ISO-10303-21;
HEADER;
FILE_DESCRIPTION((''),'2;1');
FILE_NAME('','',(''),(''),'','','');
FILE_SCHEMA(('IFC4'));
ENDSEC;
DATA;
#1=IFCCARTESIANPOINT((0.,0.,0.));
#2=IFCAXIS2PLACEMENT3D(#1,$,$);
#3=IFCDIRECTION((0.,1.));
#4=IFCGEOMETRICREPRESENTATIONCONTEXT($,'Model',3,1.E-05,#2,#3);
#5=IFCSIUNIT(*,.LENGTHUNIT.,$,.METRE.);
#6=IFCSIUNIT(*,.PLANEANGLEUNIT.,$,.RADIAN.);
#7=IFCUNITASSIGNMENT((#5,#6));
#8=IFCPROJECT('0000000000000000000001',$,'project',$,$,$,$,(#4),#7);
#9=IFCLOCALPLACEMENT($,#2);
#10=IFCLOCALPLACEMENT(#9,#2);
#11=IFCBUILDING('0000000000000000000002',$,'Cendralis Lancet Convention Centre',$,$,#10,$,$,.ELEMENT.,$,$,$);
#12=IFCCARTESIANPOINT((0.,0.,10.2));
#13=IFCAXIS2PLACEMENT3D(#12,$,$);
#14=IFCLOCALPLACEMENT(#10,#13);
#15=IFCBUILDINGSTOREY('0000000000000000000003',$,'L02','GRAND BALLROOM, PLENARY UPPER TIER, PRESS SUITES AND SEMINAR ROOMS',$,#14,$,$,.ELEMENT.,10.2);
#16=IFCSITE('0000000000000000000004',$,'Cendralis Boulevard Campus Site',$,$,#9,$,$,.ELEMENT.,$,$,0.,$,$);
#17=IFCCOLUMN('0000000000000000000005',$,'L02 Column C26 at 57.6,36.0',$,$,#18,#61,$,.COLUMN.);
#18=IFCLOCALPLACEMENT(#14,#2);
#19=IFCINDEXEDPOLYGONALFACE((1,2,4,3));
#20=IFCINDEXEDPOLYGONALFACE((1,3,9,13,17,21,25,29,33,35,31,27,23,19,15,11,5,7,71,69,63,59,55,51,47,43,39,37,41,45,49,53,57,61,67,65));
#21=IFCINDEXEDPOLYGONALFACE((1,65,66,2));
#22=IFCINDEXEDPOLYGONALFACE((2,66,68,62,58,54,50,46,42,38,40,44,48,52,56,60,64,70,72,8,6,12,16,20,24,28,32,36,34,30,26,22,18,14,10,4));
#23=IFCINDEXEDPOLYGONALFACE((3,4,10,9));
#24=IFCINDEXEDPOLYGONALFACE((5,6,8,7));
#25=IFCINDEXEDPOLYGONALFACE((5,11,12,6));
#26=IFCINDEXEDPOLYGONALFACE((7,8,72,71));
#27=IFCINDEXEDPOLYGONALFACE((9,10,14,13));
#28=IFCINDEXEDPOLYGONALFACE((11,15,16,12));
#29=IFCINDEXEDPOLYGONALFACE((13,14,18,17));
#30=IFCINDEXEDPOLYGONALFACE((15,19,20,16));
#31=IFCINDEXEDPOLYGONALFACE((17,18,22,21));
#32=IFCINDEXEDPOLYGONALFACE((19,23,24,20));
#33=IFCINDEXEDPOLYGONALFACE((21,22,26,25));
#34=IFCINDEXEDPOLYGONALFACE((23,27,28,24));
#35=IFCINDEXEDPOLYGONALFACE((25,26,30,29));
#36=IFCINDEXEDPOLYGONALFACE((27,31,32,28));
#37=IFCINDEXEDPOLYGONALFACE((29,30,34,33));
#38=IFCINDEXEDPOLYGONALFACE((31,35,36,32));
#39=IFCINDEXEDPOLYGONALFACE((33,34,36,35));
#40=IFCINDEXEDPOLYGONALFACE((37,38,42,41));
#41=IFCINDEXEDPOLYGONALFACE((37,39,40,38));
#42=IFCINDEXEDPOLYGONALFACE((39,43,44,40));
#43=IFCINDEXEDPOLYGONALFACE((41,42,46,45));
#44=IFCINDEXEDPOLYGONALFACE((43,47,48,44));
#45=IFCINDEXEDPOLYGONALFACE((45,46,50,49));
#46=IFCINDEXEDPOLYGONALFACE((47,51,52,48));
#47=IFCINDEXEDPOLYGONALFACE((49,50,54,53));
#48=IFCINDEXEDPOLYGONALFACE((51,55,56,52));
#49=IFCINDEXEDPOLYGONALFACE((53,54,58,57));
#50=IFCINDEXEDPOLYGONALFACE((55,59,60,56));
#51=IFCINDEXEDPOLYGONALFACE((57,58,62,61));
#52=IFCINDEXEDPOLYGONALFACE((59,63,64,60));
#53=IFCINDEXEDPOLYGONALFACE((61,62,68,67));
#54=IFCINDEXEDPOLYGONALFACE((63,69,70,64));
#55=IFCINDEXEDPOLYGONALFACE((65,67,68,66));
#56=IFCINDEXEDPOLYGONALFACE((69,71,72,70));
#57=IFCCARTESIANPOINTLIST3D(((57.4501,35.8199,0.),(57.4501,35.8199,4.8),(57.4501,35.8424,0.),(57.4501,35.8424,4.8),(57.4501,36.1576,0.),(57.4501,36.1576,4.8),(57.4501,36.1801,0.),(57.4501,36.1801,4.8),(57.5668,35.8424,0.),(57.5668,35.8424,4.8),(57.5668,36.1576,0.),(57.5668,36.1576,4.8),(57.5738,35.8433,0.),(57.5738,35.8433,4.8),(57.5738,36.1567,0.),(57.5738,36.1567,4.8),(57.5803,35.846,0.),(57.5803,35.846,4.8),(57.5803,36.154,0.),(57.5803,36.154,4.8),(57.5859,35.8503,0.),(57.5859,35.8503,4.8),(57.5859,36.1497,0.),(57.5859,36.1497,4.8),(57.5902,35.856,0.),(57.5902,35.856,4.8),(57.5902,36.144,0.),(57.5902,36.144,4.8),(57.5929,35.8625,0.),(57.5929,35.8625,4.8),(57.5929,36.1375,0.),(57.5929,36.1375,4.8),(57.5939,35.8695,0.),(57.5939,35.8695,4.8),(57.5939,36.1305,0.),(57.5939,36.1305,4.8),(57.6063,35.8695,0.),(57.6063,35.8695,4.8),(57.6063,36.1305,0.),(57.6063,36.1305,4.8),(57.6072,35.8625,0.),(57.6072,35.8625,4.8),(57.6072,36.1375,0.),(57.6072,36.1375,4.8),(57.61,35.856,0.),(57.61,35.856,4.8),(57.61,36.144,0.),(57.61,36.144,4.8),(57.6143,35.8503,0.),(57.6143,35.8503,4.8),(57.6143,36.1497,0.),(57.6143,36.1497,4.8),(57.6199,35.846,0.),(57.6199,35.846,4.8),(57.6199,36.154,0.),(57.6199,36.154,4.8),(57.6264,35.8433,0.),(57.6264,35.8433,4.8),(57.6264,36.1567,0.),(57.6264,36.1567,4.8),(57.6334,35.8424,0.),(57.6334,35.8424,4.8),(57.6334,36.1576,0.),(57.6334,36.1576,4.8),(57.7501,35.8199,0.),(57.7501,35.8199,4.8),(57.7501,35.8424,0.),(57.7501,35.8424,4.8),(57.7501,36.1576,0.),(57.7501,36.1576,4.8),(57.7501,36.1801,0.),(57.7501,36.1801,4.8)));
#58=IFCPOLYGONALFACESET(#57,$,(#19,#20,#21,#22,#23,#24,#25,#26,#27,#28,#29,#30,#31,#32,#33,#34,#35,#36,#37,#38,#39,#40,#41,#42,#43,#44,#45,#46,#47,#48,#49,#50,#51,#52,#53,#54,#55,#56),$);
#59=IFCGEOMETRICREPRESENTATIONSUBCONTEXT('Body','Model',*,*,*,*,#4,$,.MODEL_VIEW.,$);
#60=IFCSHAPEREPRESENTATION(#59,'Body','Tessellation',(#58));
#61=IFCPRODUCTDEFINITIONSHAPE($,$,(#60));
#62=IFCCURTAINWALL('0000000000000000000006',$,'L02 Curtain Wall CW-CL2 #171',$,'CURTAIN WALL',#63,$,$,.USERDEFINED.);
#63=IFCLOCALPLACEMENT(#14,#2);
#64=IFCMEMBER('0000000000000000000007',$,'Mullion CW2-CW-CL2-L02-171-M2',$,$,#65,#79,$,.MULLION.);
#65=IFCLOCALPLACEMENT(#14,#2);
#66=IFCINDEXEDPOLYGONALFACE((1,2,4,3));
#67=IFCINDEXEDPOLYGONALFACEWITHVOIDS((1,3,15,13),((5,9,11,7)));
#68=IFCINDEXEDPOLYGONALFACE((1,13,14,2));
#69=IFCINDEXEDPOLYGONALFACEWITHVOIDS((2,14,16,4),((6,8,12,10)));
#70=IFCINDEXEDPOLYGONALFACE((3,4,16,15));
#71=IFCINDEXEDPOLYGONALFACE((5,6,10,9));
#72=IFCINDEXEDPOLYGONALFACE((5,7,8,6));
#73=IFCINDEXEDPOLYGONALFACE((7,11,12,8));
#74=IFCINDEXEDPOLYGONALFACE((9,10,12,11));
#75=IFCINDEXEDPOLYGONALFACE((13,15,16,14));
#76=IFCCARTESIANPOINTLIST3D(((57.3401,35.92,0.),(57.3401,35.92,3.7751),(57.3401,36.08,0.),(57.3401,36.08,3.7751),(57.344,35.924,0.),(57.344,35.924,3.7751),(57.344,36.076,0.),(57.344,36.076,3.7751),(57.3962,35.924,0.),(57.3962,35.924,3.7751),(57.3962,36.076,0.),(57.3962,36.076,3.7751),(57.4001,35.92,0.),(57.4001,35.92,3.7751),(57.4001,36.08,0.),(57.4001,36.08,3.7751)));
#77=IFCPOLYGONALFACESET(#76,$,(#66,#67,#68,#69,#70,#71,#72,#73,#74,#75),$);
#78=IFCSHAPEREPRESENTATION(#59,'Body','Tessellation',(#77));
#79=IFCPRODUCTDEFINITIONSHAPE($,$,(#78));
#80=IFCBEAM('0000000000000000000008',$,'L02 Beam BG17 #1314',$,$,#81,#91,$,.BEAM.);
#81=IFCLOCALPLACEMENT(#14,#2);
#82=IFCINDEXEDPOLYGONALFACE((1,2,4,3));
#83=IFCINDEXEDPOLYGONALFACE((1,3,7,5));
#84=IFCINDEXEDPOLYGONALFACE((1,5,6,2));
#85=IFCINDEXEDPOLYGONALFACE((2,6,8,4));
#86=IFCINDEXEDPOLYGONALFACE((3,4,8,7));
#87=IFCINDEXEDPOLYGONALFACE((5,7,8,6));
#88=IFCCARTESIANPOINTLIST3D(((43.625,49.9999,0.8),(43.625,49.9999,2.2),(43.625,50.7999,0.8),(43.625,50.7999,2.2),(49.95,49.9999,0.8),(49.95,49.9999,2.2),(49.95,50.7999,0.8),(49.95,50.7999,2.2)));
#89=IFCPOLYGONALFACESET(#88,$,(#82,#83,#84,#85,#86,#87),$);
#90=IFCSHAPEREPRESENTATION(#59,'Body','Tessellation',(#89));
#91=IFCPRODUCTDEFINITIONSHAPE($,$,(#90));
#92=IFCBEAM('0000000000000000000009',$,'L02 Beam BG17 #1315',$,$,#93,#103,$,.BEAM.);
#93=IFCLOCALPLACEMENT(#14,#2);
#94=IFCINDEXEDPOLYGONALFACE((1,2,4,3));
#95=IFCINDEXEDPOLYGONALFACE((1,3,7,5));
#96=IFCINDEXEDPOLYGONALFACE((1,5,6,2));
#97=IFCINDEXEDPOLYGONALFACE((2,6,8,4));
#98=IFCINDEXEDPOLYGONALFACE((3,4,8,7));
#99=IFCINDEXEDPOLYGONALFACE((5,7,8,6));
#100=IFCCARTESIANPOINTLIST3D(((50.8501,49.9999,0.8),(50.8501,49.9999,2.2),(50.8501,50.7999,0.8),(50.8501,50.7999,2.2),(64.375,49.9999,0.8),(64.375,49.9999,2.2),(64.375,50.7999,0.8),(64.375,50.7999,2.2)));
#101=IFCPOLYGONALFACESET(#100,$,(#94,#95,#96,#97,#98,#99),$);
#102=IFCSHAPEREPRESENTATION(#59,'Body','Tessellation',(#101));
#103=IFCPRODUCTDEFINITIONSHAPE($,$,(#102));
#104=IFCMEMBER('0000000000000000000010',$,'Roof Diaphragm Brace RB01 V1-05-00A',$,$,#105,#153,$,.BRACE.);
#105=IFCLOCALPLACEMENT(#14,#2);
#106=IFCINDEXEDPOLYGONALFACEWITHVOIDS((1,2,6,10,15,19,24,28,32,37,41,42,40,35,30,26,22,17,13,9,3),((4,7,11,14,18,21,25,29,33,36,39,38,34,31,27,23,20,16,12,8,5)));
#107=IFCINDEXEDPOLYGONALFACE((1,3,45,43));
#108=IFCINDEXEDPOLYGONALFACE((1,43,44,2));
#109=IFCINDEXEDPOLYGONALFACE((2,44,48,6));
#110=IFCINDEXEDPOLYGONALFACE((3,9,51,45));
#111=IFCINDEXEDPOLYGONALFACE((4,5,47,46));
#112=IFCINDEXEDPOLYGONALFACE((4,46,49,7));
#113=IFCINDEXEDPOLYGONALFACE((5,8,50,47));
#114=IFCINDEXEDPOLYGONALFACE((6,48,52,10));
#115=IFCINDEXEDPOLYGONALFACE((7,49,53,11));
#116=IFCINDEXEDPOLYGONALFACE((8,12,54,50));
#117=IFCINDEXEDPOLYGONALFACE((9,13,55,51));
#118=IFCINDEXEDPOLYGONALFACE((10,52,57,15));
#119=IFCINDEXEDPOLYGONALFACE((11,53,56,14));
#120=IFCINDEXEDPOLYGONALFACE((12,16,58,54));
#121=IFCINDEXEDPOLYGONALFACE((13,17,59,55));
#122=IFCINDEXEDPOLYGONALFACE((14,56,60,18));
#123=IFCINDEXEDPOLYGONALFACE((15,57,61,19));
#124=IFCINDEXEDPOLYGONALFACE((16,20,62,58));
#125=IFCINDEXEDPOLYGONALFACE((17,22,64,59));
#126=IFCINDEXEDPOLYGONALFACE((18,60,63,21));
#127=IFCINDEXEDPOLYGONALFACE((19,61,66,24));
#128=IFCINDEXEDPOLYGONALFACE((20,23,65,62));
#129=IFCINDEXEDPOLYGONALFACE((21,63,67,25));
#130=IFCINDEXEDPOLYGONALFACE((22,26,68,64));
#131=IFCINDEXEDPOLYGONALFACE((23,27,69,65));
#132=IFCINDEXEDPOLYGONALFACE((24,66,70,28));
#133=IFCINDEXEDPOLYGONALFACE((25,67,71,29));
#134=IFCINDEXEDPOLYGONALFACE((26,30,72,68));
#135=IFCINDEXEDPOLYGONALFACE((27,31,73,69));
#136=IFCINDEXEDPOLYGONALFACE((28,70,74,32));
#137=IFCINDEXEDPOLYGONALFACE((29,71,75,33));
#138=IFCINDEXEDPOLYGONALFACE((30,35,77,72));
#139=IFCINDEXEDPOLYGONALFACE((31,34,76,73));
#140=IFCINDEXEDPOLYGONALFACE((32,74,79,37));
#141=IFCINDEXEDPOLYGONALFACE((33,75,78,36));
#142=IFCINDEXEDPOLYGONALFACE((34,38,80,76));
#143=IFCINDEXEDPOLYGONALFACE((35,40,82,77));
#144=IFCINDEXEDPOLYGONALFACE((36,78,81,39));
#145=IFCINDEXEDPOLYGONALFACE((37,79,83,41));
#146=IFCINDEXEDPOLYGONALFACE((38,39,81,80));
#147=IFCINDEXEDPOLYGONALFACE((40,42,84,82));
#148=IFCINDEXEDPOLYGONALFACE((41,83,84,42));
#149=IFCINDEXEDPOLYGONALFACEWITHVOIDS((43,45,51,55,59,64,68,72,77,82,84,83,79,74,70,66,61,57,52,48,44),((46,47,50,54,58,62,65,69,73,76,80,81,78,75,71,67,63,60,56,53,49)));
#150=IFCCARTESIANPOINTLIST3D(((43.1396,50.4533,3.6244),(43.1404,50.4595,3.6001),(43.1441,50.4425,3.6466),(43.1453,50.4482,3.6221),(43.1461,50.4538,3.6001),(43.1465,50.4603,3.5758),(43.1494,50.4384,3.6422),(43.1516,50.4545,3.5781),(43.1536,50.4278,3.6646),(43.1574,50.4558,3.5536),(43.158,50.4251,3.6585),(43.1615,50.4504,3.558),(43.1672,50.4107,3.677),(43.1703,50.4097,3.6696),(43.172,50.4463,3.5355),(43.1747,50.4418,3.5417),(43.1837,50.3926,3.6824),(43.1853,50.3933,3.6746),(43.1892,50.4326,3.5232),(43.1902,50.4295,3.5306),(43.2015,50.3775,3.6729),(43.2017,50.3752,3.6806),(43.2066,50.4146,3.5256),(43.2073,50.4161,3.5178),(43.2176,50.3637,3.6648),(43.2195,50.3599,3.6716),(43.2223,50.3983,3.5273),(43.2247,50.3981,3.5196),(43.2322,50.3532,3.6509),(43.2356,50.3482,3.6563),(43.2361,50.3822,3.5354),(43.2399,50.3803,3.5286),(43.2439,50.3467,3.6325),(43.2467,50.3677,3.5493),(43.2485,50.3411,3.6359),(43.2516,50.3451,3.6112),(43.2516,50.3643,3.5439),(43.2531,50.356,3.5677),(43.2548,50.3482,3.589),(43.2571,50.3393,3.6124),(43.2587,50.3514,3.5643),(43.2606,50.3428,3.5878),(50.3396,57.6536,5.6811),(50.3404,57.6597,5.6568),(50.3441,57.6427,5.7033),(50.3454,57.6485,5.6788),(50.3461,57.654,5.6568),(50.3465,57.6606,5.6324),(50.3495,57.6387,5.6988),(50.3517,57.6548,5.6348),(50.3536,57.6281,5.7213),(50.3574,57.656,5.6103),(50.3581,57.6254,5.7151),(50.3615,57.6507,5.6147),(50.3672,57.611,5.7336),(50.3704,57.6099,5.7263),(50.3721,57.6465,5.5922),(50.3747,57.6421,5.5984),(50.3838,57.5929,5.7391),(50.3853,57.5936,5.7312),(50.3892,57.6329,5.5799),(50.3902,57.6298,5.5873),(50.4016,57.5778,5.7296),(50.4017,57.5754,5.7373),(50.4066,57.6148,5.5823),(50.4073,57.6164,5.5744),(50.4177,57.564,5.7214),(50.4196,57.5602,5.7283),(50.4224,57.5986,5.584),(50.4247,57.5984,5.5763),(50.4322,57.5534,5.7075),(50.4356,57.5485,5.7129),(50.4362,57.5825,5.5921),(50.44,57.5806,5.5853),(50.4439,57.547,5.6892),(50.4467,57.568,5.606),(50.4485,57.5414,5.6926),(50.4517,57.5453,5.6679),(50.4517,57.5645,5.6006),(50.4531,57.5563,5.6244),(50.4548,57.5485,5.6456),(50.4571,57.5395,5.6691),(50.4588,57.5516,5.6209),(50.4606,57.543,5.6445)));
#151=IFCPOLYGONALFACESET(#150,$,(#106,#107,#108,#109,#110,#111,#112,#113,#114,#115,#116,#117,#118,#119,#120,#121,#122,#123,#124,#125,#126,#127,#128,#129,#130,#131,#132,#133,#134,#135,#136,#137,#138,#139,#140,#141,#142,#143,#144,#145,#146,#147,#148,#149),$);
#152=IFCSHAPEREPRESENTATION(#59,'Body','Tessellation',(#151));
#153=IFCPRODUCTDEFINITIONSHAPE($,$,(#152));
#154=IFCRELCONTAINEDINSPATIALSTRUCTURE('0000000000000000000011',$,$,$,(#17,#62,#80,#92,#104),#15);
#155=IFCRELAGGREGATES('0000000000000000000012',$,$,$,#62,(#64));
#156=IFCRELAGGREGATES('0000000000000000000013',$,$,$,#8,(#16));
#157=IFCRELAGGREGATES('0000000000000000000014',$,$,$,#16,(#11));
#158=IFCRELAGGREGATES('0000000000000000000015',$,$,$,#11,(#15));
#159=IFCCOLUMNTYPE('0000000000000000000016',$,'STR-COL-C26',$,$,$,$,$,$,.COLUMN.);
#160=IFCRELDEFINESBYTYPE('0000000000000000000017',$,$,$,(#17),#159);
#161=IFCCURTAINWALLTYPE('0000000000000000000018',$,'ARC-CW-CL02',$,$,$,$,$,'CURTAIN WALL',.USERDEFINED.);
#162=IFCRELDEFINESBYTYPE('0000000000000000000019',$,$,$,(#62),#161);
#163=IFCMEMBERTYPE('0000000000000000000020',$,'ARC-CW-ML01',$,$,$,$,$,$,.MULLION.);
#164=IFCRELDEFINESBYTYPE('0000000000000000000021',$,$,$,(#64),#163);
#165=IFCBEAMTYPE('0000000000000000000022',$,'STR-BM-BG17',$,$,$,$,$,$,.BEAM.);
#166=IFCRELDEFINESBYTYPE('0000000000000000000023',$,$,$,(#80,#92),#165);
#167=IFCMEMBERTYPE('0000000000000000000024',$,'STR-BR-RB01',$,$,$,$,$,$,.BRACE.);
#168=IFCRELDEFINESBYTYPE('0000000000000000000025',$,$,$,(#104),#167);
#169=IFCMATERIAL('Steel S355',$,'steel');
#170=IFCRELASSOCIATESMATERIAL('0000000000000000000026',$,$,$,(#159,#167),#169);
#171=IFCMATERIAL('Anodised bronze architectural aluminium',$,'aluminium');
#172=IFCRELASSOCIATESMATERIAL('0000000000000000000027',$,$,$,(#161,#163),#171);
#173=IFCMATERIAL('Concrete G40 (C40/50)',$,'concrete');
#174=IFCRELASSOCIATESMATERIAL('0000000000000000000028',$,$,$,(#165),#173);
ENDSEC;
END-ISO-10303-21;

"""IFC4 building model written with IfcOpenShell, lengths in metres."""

from ifc_helpers import new_model, si_unit, direction, frame, origin, origin_2d, place, context, subcontext, project, spatial, rectangle, hollow_rectangle, hollow_circle, i_section, extrude, material, material_profile, profile_set, type_object, element, aggregate, save


model = new_model("IFC4")

# Units and contexts
model_context = context("Model", 3, precision=1e-05, world=origin(), true_north=direction((0.0, 1.0)))
body_context = subcontext(model_context, "Body", "Model", "MODEL_VIEW")
ifc_project = project(units=[si_unit("LENGTHUNIT", "METRE"), si_unit("PLANEANGLEUNIT", "RADIAN")], contexts=[model_context])

# Site, building, storey
site_placement = place(None, origin())
site = spatial("IfcSite", under=ifc_project, at=site_placement, Name="Cendralis Boulevard Campus Site", CompositionType="ELEMENT", RefElevation=0.0)
building_placement = place(site_placement, origin())
building = spatial("IfcBuilding", under=site, at=building_placement, Name="Cendralis Lancet Convention Centre", CompositionType="ELEMENT")
storey_placement = place(building_placement, frame((0.0, 0.0, 10.2)))
storey = spatial("IfcBuildingStorey", under=building, at=storey_placement, Name="L02", Description="GRAND BALLROOM, PLENARY UPPER TIER, PRESS SUITES AND SEMINAR ROOMS", CompositionType="ELEMENT", Elevation=10.2)

# Column
ifc_material_1 = material(Name="Steel S355", Category="steel")
ifc_material_profile_1 = material_profile(ifc_material_1, i_section(OverallWidth=0.3, OverallDepth=0.3601, WebThickness=0.0125, FlangeThickness=0.0225, FilletRadius=0.0271, at=origin_2d()), Name="HEB 360")
ifc_profile_set_1 = profile_set([ifc_material_profile_1], Name="Steel S355")
column_type = type_object("IfcColumnType", Name="STR-COL-C26", PredefinedType="COLUMN", material=ifc_profile_set_1)
column_placement = place(storey_placement, frame((57.6001, 36.0, 0.0), z_axis=(0.0, 0.0, 1.0), x_axis=(1.0, 0.0, 0.0)))
element("IfcColumn", 1, at=column_placement, inside=storey, type_object=column_type, Name="L02 Column C26 at 57.6,36.0", PredefinedType="COLUMN", context=body_context, shape_type="SweptSolid", body=[
    extrude(i_section(OverallWidth=0.3, OverallDepth=0.3601, WebThickness=0.0125, FlangeThickness=0.0225, FilletRadius=0.0271, at=origin_2d()), origin(), (0.0, 0.0, 1.0), 4.8),
])

# Curtain wall, member
ifc_material_2 = material(Name="Anodised bronze architectural aluminium", Category="aluminium")
curtain_wall_type = type_object("IfcCurtainWallType", Name="ARC-CW-CL02", ElementType="CURTAIN WALL", PredefinedType="USERDEFINED", material=ifc_material_2)
curtain_wall_placement = place(storey_placement, origin())
curtain_wall = element("IfcCurtainWall", 2, at=curtain_wall_placement, inside=storey, type_object=curtain_wall_type, Name="L02 Curtain Wall CW-CL2 #171", ObjectType="CURTAIN WALL", PredefinedType="USERDEFINED")
ifc_material_profile_2 = material_profile(ifc_material_2, hollow_rectangle(XDim=0.0601, YDim=0.1599, WallThickness=0.0039, at=origin_2d()), Name="AL-MULL 60x160x4.0")
ifc_profile_set_2 = profile_set([ifc_material_profile_2], Name="Anodised bronze architectural aluminium")
member_type_1 = type_object("IfcMemberType", Name="ARC-CW-ML01", PredefinedType="MULLION", material=ifc_profile_set_2)
member_1_placement = place(storey_placement, frame((57.3701, 36.0, 0.0), z_axis=(0.0, 0.0, 1.0), x_axis=(1.0, 0.0, 0.0)))
member_1 = element("IfcMember", 3, at=member_1_placement, type_object=member_type_1, Name="Mullion CW2-CW-CL2-L02-171-M2", PredefinedType="MULLION", context=body_context, shape_type="SweptSolid", body=[
    extrude(hollow_rectangle(XDim=0.0601, YDim=0.1599, WallThickness=0.0039, at=origin_2d()), origin(), (0.0, 0.0, 1.0), 3.7751),
])

# Beams
ifc_material_3 = material(Name="Concrete G40 (C40/50)", Category="concrete")
ifc_material_profile_3 = material_profile(ifc_material_3, rectangle(XDim=0.8, YDim=1.3999, at=origin_2d()), Name="RCB 800x1400")
ifc_profile_set_3 = profile_set([ifc_material_profile_3], Name="Concrete G40 (C40/50)")
beam_type_1 = type_object("IfcBeamType", Name="STR-BM-BG17", PredefinedType="BEAM", material=ifc_profile_set_3)
beam_1_placement = place(storey_placement, frame((43.625, 50.3999, 1.5), z_axis=(1.0, 0.0, 0.0), x_axis=(0.0, 1.0, 0.0)))
element("IfcBeam", 4, at=beam_1_placement, inside=storey, type_object=beam_type_1, Name="L02 Beam BG17 #1314", PredefinedType="BEAM", context=body_context, shape_type="SweptSolid", body=[
    extrude(rectangle(XDim=0.8, YDim=1.3999, at=origin_2d()), origin(), (0.0, 0.0, 1.0), 6.325),
])
beam_2_placement = place(storey_placement, frame((50.8501, 50.3999, 1.5), z_axis=(1.0, 0.0, 0.0), x_axis=(0.0, 1.0, 0.0)))
element("IfcBeam", 5, at=beam_2_placement, inside=storey, type_object=beam_type_1, Name="L02 Beam BG17 #1315", PredefinedType="BEAM", context=body_context, shape_type="SweptSolid", body=[
    extrude(rectangle(XDim=0.8, YDim=1.3999, at=origin_2d()), origin(), (0.0, 0.0, 1.0), 13.5249),
])

# Member
ifc_material_profile_4 = material_profile(ifc_material_1, hollow_circle(Radius=0.0842, WallThickness=0.0081, at=origin_2d()), Name="CHS 168.3x8.0")
ifc_profile_set_4 = profile_set([ifc_material_profile_4], Name="Steel S355")
member_type_2 = type_object("IfcMemberType", Name="STR-BR-RB01", PredefinedType="BRACE", material=ifc_profile_set_4)
member_2_placement = place(storey_placement, frame((43.2, 50.3999, 3.6001), z_axis=(0.693098, 0.693122, 0.197981), x_axis=(-0.707119, 0.707095, 0.0)))
element("IfcMember", 6, at=member_2_placement, inside=storey, type_object=member_type_2, Name="Roof Diaphragm Brace RB01 V1-05-00A", PredefinedType="BRACE", context=body_context, shape_type="SweptSolid", body=[
    extrude(hollow_circle(Radius=0.0842, WallThickness=0.0081, at=origin_2d()), origin(), (0.0, 0.0, 1.0), 10.3882),
])

aggregate(curtain_wall, [member_1])

save(model, "model.ifc")
